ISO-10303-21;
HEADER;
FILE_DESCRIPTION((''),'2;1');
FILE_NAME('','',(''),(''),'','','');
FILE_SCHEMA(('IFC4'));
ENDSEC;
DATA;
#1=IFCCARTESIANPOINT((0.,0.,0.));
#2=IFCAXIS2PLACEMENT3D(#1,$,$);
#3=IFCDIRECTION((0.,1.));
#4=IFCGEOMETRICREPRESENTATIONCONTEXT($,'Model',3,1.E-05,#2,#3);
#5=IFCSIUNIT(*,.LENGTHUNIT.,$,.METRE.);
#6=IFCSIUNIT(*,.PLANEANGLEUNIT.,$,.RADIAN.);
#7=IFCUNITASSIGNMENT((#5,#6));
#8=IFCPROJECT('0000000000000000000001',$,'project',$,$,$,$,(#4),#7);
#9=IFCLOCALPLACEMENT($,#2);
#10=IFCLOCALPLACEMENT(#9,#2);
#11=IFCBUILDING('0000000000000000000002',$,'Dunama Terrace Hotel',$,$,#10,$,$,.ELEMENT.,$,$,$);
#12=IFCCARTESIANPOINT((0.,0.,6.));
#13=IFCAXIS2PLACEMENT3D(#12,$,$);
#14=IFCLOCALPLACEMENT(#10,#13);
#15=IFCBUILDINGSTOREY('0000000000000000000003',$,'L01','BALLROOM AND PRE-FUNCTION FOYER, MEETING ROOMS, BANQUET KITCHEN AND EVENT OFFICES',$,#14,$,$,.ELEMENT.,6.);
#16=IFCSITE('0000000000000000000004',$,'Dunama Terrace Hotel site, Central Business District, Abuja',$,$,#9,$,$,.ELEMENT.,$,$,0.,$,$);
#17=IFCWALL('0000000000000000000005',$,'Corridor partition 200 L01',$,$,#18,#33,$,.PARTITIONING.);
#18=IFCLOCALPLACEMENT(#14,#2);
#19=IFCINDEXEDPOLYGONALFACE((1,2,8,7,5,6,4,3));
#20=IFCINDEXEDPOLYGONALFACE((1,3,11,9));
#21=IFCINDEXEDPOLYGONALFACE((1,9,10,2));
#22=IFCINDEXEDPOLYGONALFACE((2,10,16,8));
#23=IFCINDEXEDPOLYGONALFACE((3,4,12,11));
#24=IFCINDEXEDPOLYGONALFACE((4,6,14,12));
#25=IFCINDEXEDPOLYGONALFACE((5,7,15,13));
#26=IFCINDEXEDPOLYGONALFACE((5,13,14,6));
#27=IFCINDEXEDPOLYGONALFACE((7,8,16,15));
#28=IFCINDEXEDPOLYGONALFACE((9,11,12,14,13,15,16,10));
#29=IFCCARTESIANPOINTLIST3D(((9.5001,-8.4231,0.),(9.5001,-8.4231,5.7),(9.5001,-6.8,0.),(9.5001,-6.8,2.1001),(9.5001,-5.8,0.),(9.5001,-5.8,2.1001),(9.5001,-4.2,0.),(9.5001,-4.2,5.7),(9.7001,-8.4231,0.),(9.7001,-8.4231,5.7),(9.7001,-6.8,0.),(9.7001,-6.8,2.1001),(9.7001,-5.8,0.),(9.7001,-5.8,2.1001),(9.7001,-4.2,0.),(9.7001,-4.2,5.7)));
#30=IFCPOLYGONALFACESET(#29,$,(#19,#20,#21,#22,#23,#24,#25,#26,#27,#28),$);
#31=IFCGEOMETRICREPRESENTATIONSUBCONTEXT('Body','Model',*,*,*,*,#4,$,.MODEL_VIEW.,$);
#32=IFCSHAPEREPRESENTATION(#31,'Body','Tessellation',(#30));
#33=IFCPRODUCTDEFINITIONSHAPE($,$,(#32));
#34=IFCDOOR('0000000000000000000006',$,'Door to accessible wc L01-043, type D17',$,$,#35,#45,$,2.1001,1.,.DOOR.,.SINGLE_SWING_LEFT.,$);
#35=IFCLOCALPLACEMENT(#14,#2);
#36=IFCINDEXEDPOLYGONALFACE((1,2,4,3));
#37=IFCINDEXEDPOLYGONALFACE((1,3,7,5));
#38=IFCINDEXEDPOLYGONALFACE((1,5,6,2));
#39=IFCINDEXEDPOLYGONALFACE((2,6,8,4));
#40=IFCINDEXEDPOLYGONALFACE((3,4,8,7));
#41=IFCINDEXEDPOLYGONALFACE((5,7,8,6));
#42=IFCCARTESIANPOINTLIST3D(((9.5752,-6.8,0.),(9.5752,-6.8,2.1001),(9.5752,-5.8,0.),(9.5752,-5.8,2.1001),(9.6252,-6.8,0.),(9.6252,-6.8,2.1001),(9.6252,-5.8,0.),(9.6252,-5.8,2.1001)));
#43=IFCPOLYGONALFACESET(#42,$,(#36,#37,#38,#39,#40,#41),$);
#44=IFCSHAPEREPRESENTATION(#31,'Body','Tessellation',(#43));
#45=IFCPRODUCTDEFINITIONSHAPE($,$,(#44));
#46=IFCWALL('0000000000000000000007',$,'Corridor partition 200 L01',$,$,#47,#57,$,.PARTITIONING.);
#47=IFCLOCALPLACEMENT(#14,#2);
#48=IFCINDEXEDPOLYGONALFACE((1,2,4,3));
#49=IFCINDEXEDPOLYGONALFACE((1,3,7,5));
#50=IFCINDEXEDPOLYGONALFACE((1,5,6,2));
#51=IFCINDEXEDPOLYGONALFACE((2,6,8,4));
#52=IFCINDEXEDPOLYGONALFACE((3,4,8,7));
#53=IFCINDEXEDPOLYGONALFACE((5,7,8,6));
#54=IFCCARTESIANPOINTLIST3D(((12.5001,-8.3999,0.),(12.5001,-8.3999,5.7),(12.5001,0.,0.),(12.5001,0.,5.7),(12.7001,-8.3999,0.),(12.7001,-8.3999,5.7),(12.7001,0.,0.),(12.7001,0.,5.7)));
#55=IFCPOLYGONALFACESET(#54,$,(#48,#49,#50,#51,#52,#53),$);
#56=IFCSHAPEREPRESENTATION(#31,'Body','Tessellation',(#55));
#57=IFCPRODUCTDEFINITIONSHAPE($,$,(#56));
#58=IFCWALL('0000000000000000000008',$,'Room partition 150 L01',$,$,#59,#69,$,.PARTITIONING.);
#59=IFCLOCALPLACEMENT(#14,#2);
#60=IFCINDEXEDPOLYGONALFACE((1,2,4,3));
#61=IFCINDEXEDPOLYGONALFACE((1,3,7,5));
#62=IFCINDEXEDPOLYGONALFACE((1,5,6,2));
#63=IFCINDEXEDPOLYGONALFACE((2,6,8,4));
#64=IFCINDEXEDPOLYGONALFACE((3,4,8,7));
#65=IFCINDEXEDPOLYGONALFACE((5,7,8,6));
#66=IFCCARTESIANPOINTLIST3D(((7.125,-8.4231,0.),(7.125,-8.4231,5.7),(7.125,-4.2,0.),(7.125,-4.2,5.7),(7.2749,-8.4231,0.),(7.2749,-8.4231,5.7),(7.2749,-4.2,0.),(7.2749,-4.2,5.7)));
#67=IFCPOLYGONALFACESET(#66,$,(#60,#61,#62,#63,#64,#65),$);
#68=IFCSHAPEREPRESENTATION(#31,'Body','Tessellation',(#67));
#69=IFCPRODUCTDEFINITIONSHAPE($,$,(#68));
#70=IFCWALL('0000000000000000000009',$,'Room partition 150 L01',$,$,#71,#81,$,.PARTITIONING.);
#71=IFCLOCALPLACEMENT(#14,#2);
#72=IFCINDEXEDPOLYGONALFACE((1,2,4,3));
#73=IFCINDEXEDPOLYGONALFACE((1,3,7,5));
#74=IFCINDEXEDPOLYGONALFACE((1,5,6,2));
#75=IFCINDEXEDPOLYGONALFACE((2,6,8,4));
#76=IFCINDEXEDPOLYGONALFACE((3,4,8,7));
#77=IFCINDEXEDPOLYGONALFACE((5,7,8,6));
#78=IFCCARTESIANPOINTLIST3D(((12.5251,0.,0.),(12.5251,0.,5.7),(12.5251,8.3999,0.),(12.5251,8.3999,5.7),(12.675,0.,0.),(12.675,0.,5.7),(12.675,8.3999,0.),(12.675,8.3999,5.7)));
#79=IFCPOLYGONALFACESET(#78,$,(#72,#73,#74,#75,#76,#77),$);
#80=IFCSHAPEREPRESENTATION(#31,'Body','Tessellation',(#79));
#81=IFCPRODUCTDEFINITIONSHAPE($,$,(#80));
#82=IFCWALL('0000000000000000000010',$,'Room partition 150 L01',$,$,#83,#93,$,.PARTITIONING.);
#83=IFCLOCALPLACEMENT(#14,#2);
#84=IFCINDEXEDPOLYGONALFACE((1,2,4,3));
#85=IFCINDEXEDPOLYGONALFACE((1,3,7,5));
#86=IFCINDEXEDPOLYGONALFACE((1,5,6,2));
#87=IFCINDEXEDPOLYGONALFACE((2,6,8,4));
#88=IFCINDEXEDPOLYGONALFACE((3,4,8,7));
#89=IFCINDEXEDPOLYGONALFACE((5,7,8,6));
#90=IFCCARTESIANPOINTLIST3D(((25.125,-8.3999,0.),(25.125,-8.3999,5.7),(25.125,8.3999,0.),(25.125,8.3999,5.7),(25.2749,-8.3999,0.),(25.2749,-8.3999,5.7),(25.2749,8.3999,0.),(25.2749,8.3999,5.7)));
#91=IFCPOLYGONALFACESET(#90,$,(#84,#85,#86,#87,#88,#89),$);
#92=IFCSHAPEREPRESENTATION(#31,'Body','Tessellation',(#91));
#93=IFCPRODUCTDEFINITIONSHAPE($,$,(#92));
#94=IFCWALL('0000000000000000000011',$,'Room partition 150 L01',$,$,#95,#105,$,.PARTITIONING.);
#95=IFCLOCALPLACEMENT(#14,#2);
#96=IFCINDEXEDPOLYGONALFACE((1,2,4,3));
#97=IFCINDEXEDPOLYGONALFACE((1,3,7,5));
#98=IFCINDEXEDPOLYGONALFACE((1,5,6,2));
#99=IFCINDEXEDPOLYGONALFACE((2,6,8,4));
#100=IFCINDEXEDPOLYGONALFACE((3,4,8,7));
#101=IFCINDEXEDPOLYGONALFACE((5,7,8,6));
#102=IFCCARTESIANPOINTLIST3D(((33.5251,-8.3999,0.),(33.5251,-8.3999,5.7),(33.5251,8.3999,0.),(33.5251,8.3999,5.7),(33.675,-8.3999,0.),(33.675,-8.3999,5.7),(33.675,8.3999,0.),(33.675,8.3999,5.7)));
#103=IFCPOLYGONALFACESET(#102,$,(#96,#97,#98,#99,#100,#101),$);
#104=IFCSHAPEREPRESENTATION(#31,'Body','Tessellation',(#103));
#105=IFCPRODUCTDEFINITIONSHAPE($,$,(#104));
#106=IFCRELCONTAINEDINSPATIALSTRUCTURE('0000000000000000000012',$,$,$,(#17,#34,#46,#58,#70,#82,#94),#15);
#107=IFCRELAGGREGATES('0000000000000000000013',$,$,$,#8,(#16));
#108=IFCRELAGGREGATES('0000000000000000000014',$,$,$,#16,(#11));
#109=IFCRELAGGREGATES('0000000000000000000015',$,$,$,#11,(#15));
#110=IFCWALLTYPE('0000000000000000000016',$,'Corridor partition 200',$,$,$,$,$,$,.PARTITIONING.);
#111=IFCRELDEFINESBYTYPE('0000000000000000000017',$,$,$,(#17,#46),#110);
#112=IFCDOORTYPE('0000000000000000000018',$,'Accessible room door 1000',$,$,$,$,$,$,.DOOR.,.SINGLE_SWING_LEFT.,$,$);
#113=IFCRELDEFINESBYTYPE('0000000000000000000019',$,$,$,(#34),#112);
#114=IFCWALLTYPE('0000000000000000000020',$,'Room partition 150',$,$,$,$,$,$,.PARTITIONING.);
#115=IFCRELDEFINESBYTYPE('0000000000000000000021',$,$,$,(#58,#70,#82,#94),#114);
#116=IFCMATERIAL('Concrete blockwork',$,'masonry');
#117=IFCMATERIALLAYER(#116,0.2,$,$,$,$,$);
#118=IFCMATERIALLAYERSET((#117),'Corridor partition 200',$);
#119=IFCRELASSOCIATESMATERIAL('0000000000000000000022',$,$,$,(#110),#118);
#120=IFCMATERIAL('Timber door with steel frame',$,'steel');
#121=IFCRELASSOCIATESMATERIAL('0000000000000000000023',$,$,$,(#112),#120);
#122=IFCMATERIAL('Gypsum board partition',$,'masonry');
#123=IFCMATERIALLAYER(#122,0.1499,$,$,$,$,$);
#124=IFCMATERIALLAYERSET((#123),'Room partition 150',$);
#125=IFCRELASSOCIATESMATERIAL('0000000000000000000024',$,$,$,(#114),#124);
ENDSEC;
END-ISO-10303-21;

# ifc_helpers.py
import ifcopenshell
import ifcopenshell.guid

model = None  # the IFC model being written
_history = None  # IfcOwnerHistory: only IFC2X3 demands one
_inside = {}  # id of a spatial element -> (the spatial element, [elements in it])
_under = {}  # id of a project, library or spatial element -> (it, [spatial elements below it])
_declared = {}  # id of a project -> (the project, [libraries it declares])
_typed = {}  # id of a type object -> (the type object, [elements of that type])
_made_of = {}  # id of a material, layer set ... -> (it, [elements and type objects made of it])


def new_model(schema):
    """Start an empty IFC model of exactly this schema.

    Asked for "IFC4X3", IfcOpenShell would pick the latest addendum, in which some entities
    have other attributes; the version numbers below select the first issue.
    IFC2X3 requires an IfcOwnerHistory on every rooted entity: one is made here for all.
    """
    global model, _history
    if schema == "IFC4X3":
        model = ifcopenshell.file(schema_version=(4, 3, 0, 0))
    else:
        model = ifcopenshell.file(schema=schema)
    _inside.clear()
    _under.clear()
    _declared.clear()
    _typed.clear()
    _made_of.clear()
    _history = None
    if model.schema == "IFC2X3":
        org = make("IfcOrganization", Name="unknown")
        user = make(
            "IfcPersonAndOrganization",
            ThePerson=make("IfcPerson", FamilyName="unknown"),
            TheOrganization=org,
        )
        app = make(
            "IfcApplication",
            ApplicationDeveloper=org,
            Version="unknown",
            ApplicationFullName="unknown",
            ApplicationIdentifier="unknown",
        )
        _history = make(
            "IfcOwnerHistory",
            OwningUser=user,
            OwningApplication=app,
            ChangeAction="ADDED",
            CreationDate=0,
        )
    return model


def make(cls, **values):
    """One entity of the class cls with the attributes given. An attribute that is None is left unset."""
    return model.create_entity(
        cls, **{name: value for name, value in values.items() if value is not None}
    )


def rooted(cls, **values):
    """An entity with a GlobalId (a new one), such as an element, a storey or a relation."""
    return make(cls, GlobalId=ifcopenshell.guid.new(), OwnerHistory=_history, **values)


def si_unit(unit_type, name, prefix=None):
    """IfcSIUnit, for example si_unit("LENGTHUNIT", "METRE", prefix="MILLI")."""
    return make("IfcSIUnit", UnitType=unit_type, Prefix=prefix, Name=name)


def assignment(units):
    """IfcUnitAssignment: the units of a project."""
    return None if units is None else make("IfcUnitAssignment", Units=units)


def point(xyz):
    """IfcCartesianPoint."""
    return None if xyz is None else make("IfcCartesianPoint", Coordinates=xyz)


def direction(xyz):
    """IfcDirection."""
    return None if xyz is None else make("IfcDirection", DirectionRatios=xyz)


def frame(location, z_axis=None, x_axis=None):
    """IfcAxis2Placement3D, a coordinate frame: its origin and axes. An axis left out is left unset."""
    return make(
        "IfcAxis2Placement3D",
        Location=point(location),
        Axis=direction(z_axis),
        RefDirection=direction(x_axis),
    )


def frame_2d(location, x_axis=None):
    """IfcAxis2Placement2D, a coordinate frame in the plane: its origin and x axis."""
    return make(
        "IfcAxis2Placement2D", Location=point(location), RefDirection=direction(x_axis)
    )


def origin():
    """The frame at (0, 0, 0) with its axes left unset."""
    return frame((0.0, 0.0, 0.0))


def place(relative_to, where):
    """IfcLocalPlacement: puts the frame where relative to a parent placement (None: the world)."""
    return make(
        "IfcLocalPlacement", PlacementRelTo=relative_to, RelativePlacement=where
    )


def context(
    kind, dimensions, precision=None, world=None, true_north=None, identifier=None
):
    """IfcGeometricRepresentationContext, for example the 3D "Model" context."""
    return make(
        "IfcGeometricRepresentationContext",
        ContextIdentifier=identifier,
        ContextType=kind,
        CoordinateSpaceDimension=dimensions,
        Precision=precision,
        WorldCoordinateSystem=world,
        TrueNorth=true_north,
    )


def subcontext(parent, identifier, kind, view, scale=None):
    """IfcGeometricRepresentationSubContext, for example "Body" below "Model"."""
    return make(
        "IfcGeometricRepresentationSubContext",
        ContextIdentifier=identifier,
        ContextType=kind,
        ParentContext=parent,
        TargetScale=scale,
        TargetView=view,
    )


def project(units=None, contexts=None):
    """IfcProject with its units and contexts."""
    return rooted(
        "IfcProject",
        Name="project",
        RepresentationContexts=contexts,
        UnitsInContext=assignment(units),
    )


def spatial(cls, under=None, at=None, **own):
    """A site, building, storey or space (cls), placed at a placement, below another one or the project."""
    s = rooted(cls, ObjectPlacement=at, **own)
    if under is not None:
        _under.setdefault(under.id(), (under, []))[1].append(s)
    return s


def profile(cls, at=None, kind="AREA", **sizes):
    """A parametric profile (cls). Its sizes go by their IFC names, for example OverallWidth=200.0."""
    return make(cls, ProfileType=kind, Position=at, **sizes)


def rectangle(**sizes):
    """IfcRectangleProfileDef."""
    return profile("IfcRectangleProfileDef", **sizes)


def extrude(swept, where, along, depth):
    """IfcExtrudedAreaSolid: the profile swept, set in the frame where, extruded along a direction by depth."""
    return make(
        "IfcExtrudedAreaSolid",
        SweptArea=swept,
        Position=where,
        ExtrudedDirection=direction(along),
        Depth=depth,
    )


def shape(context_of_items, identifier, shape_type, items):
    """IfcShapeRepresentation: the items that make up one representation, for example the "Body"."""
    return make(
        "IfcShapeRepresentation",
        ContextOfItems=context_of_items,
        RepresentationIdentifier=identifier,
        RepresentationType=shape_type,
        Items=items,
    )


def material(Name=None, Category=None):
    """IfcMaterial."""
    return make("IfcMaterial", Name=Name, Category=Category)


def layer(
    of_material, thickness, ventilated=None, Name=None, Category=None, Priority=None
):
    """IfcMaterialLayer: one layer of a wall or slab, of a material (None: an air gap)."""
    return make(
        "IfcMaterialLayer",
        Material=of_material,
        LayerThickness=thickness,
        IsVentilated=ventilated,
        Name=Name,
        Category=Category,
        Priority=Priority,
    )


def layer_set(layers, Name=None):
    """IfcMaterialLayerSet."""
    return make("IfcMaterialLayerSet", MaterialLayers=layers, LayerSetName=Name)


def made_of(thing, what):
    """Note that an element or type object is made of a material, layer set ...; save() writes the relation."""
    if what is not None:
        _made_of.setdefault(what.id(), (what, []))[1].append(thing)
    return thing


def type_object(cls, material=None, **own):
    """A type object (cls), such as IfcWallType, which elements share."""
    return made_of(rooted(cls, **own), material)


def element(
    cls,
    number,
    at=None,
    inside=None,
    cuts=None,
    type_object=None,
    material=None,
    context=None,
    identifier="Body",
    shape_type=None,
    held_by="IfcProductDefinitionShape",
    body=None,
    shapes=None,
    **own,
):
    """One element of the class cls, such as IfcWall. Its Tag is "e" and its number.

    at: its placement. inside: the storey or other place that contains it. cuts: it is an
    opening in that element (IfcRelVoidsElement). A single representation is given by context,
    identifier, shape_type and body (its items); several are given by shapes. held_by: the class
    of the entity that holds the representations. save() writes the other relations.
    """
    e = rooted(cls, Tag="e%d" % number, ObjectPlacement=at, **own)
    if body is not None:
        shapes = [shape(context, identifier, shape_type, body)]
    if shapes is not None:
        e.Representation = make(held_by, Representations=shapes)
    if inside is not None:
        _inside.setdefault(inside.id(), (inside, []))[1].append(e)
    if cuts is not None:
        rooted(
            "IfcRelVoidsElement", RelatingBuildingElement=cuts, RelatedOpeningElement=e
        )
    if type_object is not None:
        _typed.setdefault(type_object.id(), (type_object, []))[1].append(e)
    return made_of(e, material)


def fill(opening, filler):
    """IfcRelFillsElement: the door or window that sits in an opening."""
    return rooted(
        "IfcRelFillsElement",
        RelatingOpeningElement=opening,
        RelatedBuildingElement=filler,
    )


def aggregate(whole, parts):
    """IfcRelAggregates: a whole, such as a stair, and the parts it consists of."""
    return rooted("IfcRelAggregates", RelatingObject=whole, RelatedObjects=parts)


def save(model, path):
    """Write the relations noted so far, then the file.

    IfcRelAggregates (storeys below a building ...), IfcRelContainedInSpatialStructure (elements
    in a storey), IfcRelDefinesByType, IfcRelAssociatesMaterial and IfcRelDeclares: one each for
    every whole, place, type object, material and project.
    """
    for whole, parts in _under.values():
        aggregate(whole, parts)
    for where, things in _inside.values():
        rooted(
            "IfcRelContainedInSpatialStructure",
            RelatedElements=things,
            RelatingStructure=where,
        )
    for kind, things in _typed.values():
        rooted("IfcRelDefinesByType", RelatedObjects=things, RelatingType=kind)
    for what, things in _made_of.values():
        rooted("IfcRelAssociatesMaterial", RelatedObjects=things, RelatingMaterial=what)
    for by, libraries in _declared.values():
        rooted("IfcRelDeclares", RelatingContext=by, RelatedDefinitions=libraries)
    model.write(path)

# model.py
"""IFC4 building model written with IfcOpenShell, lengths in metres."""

from ifc_helpers import new_model, si_unit, direction, frame, frame_2d, origin, place, context, subcontext, project, spatial, rectangle, extrude, material, layer, layer_set, type_object, element, fill, save


model = new_model("IFC4")

# Units and contexts
model_context = context("Model", 3, precision=1e-05, world=origin(), true_north=direction((0.0, 1.0)))
body_context = subcontext(model_context, "Body", "Model", "MODEL_VIEW")
ifc_project = project(units=[si_unit("LENGTHUNIT", "METRE"), si_unit("PLANEANGLEUNIT", "RADIAN")], contexts=[model_context])

# Site, building, storey
site_placement = place(None, origin())
site = spatial("IfcSite", under=ifc_project, at=site_placement, Name="Dunama Terrace Hotel site, Central Business District, Abuja", CompositionType="ELEMENT", RefElevation=0.0)
building_placement = place(site_placement, origin())
building = spatial("IfcBuilding", under=site, at=building_placement, Name="Dunama Terrace Hotel", CompositionType="ELEMENT")
storey_placement = place(building_placement, frame((0.0, 0.0, 6.0)))
storey = spatial("IfcBuildingStorey", under=building, at=storey_placement, Name="L01", Description="BALLROOM AND PRE-FUNCTION FOYER, MEETING ROOMS, BANQUET KITCHEN AND EVENT OFFICES", CompositionType="ELEMENT", Elevation=6.0)

# Wall, opening, door
ifc_material_1 = material(Name="Concrete blockwork", Category="masonry")
ifc_layer_1 = layer(ifc_material_1, 0.2)
ifc_layer_set_1 = layer_set([ifc_layer_1], Name="Corridor partition 200")
wall_type_1 = type_object("IfcWallType", Name="Corridor partition 200", PredefinedType="PARTITIONING", material=ifc_layer_set_1)
wall_1_placement = place(storey_placement, frame((9.6001, -8.4231, 0.0), z_axis=(0.0, 0.0, 1.0), x_axis=(0.0, 1.0, 0.0)))
wall_1 = element("IfcWall", 1, at=wall_1_placement, inside=storey, type_object=wall_type_1, Name="Corridor partition 200 L01", PredefinedType="PARTITIONING", context=body_context, shape_type="SweptSolid", body=[
    extrude(rectangle(XDim=4.2231, YDim=0.2, at=frame_2d((2.1116, 0.0))), origin(), (0.0, 0.0, 1.0), 5.7),
])
opening_placement = place(wall_1_placement, frame((1.623, 0.0, 0.0)))
opening = element("IfcOpeningElement", 2, at=opening_placement, cuts=wall_1, PredefinedType="OPENING", context=body_context, shape_type="SweptSolid", body=[
    extrude(rectangle(XDim=1.0, YDim=2.1001, at=frame_2d((0.5, 1.05))), frame((0.0, 0.1099, 0.0), z_axis=(0.0, -1.0, 0.0), x_axis=(1.0, 0.0, 0.0)), (0.0, 0.0, 1.0), 0.22),
])
ifc_material_2 = material(Name="Timber door with steel frame", Category="steel")
door_type = type_object("IfcDoorType", Name="Accessible room door 1000", OperationType="SINGLE_SWING_LEFT", PredefinedType="DOOR", material=ifc_material_2)
door_placement = place(opening_placement, origin())
door = element("IfcDoor", 3, at=door_placement, inside=storey, type_object=door_type, Name="Door to accessible wc L01-043, type D17", OperationType="SINGLE_SWING_LEFT", OverallHeight=2.1001, OverallWidth=1.0, PredefinedType="DOOR", context=body_context, shape_type="SweptSolid", body=[
    extrude(rectangle(XDim=1.0, YDim=2.1001, at=frame_2d((0.5, 1.05))), frame((0.0, 0.0249, 0.0), z_axis=(0.0, -1.0, 0.0), x_axis=(1.0, 0.0, 0.0)), (0.0, 0.0, 1.0), 0.05),
])
fill(opening, door)

# Walls
wall_2_placement = place(storey_placement, frame((12.6001, -8.3999, 0.0), z_axis=(0.0, 0.0, 1.0), x_axis=(0.0, 1.0, 0.0)))
element("IfcWall", 4, at=wall_2_placement, inside=storey, type_object=wall_type_1, Name="Corridor partition 200 L01", PredefinedType="PARTITIONING", context=body_context, shape_type="SweptSolid", body=[
    extrude(rectangle(XDim=8.3999, YDim=0.2, at=frame_2d((4.2, 0.0))), origin(), (0.0, 0.0, 1.0), 5.7),
])
ifc_material_3 = material(Name="Gypsum board partition", Category="masonry")
ifc_layer_2 = layer(ifc_material_3, 0.1499)
ifc_layer_set_2 = layer_set([ifc_layer_2], Name="Room partition 150")
wall_type_2 = type_object("IfcWallType", Name="Room partition 150", PredefinedType="PARTITIONING", material=ifc_layer_set_2)
wall_3_placement = place(storey_placement, frame((7.2, -8.4231, 0.0), z_axis=(0.0, 0.0, 1.0), x_axis=(0.0, 1.0, 0.0)))
element("IfcWall", 5, at=wall_3_placement, inside=storey, type_object=wall_type_2, Name="Room partition 150 L01", PredefinedType="PARTITIONING", context=body_context, shape_type="SweptSolid", body=[
    extrude(rectangle(XDim=4.2231, YDim=0.1499, at=frame_2d((2.1116, 0.0))), origin(), (0.0, 0.0, 1.0), 5.7),
])
wall_4_placement = place(storey_placement, frame((12.6001, 0.0, 0.0), z_axis=(0.0, 0.0, 1.0), x_axis=(0.0, 1.0, 0.0)))
element("IfcWall", 6, at=wall_4_placement, inside=storey, type_object=wall_type_2, Name="Room partition 150 L01", PredefinedType="PARTITIONING", context=body_context, shape_type="SweptSolid", body=[
    extrude(rectangle(XDim=8.3999, YDim=0.1499, at=frame_2d((4.2, 0.0))), origin(), (0.0, 0.0, 1.0), 5.7),
])
for number, where, z_axis, x_axis, name in (
    (7, (25.2, -8.3999, 0.0), (0.0, 0.0, 1.0), (0.0, 1.0, 0.0), "Room partition 150 L01"),
    (8, (33.6001, -8.3999, 0.0), (0.0, 0.0, 1.0), (0.0, 1.0, 0.0), "Room partition 150 L01"),
):
    element("IfcWall", number, at=place(storey_placement, frame(where, z_axis=z_axis, x_axis=x_axis)), inside=storey, type_object=wall_type_2, Name=name, PredefinedType="PARTITIONING", context=body_context, shape_type="SweptSolid", body=[
        extrude(rectangle(XDim=16.7998, YDim=0.1499, at=frame_2d((8.3999, 0.0))), origin(), (0.0, 0.0, 1.0), 5.7),
    ])

save(model, "model.ifc")
